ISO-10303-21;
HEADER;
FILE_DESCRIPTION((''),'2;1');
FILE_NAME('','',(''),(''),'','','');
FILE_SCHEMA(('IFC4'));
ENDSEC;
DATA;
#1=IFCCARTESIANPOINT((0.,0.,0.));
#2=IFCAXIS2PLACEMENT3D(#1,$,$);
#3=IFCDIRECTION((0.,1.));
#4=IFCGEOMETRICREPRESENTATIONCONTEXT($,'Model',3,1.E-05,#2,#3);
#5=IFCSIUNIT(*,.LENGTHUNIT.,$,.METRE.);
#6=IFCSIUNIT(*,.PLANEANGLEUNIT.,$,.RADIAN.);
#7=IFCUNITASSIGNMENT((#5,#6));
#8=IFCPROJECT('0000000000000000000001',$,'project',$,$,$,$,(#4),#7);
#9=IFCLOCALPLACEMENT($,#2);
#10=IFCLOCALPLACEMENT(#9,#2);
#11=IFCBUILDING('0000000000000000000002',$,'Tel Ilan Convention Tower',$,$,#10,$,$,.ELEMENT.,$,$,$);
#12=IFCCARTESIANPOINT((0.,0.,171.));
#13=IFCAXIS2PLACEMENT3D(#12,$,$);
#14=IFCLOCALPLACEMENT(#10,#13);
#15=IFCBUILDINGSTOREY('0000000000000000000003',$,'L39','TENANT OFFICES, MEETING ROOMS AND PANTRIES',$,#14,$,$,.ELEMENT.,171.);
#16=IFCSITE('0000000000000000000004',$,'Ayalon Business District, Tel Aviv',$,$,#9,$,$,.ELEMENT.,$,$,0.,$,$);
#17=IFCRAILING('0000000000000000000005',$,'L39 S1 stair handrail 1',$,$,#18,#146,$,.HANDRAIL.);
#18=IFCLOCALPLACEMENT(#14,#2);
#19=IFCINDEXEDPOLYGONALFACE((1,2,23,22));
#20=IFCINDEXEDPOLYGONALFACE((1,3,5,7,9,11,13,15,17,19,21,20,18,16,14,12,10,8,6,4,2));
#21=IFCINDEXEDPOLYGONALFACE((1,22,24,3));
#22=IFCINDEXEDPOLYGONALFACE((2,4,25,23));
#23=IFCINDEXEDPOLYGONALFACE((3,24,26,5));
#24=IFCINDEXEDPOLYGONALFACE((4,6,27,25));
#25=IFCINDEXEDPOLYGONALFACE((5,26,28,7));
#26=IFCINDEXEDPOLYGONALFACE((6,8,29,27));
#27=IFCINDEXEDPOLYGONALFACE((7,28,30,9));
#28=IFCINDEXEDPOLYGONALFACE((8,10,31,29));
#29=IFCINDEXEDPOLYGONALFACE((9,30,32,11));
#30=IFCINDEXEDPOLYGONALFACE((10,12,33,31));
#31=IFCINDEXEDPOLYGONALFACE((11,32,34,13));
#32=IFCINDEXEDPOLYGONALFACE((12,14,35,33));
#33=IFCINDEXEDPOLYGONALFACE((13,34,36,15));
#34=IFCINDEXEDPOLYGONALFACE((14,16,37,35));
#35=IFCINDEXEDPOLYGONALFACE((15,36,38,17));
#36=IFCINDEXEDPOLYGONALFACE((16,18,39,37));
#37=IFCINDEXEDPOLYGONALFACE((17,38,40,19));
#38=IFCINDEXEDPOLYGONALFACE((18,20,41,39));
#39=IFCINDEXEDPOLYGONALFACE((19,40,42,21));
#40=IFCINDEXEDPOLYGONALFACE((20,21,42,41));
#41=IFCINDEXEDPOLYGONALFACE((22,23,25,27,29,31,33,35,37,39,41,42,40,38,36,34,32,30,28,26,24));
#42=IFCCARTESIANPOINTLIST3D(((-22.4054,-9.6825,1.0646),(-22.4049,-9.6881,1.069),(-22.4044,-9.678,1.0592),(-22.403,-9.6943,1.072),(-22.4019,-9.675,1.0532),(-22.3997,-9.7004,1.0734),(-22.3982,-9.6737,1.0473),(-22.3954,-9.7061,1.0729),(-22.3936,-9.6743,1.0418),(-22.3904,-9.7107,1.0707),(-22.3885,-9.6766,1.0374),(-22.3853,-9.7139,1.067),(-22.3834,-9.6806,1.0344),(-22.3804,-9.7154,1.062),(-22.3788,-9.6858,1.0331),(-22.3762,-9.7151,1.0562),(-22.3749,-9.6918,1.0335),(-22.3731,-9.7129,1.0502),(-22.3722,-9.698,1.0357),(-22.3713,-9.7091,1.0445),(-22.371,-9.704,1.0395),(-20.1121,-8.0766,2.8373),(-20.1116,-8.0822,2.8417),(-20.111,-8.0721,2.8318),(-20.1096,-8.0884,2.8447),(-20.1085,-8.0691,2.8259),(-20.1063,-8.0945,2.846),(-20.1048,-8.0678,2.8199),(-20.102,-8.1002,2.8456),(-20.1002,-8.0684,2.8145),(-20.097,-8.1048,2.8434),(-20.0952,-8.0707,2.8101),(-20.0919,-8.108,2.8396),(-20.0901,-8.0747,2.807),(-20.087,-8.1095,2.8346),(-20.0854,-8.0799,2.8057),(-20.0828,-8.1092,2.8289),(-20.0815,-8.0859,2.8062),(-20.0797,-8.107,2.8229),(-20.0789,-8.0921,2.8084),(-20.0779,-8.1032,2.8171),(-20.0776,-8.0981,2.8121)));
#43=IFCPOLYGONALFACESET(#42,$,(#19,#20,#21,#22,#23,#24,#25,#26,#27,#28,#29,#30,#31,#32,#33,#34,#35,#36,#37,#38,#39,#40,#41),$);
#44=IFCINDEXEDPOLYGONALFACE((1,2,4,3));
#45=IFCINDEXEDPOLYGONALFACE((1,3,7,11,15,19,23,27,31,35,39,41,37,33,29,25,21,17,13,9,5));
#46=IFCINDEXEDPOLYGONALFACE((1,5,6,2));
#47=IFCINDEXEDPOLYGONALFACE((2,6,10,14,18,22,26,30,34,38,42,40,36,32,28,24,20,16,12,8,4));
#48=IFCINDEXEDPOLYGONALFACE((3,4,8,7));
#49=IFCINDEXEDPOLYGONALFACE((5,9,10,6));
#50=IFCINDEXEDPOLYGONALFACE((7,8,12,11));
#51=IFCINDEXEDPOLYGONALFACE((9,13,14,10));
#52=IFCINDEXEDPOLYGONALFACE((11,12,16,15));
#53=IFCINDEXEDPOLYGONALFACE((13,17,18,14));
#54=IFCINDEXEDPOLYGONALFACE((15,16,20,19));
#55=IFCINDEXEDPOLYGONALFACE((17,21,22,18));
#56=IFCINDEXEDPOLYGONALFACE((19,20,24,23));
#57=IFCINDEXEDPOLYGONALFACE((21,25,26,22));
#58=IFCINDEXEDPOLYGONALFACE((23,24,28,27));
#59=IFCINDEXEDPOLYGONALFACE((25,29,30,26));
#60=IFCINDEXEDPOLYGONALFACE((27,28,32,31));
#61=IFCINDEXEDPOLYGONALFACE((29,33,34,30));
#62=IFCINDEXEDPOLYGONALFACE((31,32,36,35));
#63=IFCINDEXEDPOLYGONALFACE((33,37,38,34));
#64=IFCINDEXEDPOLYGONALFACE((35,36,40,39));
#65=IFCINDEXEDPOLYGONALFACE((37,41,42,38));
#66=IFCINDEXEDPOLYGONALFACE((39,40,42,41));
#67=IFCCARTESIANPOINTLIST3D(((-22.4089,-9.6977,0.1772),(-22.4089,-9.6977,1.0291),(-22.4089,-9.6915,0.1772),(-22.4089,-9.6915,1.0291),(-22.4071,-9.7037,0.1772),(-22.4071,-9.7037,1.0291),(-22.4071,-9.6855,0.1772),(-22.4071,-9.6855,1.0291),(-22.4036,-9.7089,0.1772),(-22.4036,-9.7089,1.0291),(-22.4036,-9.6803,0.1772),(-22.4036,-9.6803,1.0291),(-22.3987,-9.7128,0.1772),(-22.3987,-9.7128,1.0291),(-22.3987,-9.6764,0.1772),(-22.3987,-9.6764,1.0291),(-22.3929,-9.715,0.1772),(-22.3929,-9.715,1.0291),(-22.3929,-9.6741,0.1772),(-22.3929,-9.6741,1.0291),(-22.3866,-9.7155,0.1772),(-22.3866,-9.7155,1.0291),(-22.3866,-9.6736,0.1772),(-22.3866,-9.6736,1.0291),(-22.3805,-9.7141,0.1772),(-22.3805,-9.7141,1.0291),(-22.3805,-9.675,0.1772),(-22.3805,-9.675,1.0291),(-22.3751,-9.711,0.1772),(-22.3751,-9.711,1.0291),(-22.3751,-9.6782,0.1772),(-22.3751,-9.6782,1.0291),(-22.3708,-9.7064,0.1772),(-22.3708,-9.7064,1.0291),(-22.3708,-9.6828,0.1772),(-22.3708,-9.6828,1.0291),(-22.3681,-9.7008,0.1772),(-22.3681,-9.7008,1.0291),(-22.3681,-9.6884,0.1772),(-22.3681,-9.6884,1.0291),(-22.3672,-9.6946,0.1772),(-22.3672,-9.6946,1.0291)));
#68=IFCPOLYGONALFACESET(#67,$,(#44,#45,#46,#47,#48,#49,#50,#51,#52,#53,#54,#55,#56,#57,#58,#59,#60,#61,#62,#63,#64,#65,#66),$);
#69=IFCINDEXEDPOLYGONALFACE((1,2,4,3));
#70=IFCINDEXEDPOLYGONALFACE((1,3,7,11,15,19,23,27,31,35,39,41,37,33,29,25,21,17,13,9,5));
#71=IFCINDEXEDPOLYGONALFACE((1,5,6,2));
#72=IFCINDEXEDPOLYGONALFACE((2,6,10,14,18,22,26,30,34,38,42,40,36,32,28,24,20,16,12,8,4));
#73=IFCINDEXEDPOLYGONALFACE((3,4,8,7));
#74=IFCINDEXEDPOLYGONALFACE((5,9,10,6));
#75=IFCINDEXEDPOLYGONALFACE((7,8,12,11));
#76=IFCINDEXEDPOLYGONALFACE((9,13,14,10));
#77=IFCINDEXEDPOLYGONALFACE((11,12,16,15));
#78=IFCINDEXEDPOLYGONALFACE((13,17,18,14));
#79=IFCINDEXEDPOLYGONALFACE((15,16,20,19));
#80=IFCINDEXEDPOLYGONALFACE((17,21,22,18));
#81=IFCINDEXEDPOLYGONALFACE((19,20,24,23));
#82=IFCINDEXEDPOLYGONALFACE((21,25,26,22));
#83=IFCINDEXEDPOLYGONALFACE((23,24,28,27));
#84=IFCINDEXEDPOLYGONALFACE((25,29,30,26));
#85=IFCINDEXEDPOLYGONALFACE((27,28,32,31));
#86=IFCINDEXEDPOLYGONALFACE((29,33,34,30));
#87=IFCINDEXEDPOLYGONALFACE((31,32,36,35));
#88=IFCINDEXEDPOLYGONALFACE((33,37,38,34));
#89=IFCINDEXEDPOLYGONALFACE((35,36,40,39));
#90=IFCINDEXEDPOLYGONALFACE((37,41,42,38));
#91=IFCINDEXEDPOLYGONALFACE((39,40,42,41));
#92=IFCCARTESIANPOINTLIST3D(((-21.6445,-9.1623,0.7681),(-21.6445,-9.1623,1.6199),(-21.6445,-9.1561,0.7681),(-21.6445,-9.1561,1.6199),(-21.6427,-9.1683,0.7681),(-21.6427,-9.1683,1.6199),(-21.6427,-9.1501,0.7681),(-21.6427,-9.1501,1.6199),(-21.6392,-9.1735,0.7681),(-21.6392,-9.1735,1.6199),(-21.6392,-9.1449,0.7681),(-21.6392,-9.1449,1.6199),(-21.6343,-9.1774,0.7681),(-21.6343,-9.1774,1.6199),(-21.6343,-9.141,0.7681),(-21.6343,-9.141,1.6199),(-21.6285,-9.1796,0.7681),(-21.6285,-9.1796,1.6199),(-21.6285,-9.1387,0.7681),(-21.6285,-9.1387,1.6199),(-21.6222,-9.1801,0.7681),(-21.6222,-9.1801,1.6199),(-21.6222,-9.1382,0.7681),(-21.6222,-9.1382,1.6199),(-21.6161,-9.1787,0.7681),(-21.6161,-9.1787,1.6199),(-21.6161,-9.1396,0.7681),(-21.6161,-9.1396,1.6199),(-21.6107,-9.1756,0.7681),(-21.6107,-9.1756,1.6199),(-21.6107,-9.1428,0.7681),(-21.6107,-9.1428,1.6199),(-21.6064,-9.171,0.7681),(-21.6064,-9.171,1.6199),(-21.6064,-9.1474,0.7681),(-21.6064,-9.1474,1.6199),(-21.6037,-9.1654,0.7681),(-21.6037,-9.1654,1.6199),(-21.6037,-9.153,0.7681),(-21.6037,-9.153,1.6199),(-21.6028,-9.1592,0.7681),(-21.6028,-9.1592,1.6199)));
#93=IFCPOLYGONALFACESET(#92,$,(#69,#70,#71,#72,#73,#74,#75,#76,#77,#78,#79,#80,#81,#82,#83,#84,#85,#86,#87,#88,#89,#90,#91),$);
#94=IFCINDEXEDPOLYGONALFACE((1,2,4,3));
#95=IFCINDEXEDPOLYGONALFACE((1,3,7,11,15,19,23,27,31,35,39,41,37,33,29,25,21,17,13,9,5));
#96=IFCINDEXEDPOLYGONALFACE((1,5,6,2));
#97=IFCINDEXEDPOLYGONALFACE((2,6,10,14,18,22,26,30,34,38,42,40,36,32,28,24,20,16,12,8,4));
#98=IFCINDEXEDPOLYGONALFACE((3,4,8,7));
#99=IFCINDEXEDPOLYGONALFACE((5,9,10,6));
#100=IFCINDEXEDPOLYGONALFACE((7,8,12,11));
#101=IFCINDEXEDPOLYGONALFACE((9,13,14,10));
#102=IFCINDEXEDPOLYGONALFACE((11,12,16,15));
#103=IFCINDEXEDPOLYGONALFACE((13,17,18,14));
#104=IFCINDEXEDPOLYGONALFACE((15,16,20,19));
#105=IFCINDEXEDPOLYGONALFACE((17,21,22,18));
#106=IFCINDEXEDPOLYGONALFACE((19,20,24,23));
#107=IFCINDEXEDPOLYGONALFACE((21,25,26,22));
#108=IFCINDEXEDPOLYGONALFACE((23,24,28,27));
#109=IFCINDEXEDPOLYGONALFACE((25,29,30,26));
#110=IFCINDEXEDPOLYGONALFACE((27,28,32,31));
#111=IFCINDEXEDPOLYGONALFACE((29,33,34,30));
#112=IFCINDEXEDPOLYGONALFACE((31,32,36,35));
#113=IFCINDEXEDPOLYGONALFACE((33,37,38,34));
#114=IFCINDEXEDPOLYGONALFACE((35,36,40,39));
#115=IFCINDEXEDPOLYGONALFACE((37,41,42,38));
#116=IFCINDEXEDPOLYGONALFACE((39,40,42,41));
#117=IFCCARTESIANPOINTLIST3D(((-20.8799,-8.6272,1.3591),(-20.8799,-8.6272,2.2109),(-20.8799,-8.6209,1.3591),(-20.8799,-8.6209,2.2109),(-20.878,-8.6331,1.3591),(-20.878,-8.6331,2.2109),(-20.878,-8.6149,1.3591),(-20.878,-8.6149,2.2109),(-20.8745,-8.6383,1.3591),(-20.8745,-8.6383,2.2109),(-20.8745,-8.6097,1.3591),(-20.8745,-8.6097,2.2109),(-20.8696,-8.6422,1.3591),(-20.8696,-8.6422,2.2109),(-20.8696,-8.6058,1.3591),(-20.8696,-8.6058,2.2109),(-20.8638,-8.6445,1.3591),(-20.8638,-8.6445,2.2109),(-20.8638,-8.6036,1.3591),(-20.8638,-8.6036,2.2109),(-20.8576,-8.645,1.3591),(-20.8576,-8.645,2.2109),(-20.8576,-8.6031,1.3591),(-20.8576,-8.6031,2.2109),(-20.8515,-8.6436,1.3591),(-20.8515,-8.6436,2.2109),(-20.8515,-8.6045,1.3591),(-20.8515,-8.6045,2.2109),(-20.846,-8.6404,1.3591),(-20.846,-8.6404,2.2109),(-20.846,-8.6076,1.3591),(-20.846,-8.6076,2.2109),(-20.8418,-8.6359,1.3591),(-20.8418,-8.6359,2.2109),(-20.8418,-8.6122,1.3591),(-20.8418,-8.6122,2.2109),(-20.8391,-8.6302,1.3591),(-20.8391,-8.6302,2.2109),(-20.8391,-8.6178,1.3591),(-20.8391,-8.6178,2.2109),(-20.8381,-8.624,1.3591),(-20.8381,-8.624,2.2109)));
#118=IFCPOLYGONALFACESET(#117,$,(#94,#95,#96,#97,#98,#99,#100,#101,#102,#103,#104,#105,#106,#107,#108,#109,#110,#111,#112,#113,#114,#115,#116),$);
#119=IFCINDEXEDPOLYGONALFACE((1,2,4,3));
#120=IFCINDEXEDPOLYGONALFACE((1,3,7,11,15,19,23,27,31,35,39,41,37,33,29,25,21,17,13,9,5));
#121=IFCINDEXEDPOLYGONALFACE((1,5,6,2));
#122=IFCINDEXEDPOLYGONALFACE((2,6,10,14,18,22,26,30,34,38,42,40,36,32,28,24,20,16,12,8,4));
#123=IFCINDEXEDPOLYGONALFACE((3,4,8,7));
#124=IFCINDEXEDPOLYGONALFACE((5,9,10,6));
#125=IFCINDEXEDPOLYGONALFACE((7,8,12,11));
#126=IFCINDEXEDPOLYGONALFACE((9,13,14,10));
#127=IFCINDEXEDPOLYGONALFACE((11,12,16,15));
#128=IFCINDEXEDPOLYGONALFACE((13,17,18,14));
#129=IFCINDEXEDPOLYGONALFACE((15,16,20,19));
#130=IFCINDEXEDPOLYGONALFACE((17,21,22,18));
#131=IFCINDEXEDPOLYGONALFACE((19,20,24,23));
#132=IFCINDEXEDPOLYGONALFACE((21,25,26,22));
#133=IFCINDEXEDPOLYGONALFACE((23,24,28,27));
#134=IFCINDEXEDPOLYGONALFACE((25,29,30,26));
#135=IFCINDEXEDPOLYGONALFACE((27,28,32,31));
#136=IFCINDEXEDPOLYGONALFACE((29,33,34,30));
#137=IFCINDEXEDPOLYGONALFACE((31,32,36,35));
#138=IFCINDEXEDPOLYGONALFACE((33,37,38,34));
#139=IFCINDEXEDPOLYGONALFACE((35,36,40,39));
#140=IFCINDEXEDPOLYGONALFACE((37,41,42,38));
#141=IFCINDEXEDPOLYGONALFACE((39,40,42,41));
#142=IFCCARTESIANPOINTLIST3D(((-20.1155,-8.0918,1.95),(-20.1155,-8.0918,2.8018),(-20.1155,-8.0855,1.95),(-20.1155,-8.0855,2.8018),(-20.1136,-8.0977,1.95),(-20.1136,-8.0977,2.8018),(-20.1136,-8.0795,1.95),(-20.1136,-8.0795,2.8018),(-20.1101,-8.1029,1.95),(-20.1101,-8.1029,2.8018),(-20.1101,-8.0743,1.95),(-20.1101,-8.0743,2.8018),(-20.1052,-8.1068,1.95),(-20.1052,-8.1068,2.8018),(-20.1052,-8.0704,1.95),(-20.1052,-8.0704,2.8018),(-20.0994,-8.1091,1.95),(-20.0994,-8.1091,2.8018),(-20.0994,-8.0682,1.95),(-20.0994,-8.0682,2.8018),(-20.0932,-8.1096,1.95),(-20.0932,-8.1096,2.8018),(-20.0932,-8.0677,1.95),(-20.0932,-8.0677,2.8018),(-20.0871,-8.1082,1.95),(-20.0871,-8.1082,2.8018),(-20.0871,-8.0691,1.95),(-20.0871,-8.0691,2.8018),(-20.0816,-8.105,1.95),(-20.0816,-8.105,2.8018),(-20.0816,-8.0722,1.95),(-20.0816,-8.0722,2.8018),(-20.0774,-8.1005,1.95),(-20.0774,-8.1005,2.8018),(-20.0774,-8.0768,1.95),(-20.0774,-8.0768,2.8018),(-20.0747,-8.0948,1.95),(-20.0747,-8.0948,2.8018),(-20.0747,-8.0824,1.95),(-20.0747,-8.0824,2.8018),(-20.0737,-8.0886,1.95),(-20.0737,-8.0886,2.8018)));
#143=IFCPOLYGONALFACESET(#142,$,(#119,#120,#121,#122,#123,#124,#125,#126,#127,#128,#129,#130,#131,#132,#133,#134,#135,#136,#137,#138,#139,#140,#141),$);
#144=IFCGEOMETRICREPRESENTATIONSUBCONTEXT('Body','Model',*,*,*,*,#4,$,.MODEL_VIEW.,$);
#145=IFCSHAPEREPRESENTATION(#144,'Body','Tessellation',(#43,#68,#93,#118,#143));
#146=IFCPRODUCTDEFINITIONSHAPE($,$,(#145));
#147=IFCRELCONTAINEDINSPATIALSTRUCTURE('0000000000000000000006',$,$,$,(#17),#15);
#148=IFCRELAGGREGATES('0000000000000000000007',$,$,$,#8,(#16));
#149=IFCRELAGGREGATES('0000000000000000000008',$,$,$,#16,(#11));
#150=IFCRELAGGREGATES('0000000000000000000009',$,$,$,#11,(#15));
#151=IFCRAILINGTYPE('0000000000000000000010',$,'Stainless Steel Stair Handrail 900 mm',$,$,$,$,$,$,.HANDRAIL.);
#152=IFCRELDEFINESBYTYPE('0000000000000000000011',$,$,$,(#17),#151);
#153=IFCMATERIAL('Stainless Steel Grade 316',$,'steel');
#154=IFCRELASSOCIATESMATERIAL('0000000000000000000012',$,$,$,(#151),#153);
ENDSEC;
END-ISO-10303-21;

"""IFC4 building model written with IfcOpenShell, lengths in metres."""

from ifc_helpers import new_model, si_unit, direction, frame, origin, origin_2d, place, context, subcontext, project, spatial, circle, extrude, material, type_object, element, save


model = new_model("IFC4")

# Units and contexts
model_context = context("Model", 3, precision=1e-05, world=origin(), true_north=direction((0.0, 1.0)))
body_context = subcontext(model_context, "Body", "Model", "MODEL_VIEW")
ifc_project = project(units=[si_unit("LENGTHUNIT", "METRE"), si_unit("PLANEANGLEUNIT", "RADIAN")], contexts=[model_context])

# Site, building, storey
site_placement = place(None, origin())
site = spatial("IfcSite", under=ifc_project, at=site_placement, Name="Ayalon Business District, Tel Aviv", CompositionType="ELEMENT", RefElevation=0.0)
building_placement = place(site_placement, origin())
building = spatial("IfcBuilding", under=site, at=building_placement, Name="Tel Ilan Convention Tower", CompositionType="ELEMENT")
storey_placement = place(building_placement, frame((0.0, 0.0, 171.0)))
storey = spatial("IfcBuildingStorey", under=building, at=storey_placement, Name="L39", Description="TENANT OFFICES, MEETING ROOMS AND PANTRIES", CompositionType="ELEMENT", Elevation=171.0)

# Railing
ifc_material_1 = material(Name="Stainless Steel Grade 316", Category="steel")
railing_type_1 = type_object("IfcRailingType", Name="Stainless Steel Stair Handrail 900 mm", PredefinedType="HANDRAIL", material=ifc_material_1)
railing_1_placement = place(storey_placement, frame((-22.3882, -9.6946, 0.1772)))
element("IfcRailing", 1, at=railing_1_placement, inside=storey, type_object=railing_type_1, Name="L39 S1 stair handrail 1", PredefinedType="HANDRAIL", context=body_context, shape_type="SweptSolid", body=[
    extrude(circle(Radius=0.0239, at=origin_2d()), frame((0.0, 0.0, 0.876), z_axis=(0.692085, 0.484621, 0.53494), x_axis=(-0.573591, 0.819142, 0.0)), (0.0, 0.0, 1.0), 3.3137),
    extrude(circle(Radius=0.021, at=origin_2d()), origin(), (0.0, 0.0, 1.0), 0.8518),
    extrude(circle(Radius=0.021, at=origin_2d()), frame((0.7644, 0.5354, 0.5908)), (0.0, 0.0, 1.0), 0.8518),
    extrude(circle(Radius=0.021, at=origin_2d()), frame((1.5291, 1.0706, 1.1819)), (0.0, 0.0, 1.0), 0.8518),
    extrude(circle(Radius=0.021, at=origin_2d()), frame((2.2935, 1.606, 1.7727)), (0.0, 0.0, 1.0), 0.8518),
])

save(model, "model.ifc")
